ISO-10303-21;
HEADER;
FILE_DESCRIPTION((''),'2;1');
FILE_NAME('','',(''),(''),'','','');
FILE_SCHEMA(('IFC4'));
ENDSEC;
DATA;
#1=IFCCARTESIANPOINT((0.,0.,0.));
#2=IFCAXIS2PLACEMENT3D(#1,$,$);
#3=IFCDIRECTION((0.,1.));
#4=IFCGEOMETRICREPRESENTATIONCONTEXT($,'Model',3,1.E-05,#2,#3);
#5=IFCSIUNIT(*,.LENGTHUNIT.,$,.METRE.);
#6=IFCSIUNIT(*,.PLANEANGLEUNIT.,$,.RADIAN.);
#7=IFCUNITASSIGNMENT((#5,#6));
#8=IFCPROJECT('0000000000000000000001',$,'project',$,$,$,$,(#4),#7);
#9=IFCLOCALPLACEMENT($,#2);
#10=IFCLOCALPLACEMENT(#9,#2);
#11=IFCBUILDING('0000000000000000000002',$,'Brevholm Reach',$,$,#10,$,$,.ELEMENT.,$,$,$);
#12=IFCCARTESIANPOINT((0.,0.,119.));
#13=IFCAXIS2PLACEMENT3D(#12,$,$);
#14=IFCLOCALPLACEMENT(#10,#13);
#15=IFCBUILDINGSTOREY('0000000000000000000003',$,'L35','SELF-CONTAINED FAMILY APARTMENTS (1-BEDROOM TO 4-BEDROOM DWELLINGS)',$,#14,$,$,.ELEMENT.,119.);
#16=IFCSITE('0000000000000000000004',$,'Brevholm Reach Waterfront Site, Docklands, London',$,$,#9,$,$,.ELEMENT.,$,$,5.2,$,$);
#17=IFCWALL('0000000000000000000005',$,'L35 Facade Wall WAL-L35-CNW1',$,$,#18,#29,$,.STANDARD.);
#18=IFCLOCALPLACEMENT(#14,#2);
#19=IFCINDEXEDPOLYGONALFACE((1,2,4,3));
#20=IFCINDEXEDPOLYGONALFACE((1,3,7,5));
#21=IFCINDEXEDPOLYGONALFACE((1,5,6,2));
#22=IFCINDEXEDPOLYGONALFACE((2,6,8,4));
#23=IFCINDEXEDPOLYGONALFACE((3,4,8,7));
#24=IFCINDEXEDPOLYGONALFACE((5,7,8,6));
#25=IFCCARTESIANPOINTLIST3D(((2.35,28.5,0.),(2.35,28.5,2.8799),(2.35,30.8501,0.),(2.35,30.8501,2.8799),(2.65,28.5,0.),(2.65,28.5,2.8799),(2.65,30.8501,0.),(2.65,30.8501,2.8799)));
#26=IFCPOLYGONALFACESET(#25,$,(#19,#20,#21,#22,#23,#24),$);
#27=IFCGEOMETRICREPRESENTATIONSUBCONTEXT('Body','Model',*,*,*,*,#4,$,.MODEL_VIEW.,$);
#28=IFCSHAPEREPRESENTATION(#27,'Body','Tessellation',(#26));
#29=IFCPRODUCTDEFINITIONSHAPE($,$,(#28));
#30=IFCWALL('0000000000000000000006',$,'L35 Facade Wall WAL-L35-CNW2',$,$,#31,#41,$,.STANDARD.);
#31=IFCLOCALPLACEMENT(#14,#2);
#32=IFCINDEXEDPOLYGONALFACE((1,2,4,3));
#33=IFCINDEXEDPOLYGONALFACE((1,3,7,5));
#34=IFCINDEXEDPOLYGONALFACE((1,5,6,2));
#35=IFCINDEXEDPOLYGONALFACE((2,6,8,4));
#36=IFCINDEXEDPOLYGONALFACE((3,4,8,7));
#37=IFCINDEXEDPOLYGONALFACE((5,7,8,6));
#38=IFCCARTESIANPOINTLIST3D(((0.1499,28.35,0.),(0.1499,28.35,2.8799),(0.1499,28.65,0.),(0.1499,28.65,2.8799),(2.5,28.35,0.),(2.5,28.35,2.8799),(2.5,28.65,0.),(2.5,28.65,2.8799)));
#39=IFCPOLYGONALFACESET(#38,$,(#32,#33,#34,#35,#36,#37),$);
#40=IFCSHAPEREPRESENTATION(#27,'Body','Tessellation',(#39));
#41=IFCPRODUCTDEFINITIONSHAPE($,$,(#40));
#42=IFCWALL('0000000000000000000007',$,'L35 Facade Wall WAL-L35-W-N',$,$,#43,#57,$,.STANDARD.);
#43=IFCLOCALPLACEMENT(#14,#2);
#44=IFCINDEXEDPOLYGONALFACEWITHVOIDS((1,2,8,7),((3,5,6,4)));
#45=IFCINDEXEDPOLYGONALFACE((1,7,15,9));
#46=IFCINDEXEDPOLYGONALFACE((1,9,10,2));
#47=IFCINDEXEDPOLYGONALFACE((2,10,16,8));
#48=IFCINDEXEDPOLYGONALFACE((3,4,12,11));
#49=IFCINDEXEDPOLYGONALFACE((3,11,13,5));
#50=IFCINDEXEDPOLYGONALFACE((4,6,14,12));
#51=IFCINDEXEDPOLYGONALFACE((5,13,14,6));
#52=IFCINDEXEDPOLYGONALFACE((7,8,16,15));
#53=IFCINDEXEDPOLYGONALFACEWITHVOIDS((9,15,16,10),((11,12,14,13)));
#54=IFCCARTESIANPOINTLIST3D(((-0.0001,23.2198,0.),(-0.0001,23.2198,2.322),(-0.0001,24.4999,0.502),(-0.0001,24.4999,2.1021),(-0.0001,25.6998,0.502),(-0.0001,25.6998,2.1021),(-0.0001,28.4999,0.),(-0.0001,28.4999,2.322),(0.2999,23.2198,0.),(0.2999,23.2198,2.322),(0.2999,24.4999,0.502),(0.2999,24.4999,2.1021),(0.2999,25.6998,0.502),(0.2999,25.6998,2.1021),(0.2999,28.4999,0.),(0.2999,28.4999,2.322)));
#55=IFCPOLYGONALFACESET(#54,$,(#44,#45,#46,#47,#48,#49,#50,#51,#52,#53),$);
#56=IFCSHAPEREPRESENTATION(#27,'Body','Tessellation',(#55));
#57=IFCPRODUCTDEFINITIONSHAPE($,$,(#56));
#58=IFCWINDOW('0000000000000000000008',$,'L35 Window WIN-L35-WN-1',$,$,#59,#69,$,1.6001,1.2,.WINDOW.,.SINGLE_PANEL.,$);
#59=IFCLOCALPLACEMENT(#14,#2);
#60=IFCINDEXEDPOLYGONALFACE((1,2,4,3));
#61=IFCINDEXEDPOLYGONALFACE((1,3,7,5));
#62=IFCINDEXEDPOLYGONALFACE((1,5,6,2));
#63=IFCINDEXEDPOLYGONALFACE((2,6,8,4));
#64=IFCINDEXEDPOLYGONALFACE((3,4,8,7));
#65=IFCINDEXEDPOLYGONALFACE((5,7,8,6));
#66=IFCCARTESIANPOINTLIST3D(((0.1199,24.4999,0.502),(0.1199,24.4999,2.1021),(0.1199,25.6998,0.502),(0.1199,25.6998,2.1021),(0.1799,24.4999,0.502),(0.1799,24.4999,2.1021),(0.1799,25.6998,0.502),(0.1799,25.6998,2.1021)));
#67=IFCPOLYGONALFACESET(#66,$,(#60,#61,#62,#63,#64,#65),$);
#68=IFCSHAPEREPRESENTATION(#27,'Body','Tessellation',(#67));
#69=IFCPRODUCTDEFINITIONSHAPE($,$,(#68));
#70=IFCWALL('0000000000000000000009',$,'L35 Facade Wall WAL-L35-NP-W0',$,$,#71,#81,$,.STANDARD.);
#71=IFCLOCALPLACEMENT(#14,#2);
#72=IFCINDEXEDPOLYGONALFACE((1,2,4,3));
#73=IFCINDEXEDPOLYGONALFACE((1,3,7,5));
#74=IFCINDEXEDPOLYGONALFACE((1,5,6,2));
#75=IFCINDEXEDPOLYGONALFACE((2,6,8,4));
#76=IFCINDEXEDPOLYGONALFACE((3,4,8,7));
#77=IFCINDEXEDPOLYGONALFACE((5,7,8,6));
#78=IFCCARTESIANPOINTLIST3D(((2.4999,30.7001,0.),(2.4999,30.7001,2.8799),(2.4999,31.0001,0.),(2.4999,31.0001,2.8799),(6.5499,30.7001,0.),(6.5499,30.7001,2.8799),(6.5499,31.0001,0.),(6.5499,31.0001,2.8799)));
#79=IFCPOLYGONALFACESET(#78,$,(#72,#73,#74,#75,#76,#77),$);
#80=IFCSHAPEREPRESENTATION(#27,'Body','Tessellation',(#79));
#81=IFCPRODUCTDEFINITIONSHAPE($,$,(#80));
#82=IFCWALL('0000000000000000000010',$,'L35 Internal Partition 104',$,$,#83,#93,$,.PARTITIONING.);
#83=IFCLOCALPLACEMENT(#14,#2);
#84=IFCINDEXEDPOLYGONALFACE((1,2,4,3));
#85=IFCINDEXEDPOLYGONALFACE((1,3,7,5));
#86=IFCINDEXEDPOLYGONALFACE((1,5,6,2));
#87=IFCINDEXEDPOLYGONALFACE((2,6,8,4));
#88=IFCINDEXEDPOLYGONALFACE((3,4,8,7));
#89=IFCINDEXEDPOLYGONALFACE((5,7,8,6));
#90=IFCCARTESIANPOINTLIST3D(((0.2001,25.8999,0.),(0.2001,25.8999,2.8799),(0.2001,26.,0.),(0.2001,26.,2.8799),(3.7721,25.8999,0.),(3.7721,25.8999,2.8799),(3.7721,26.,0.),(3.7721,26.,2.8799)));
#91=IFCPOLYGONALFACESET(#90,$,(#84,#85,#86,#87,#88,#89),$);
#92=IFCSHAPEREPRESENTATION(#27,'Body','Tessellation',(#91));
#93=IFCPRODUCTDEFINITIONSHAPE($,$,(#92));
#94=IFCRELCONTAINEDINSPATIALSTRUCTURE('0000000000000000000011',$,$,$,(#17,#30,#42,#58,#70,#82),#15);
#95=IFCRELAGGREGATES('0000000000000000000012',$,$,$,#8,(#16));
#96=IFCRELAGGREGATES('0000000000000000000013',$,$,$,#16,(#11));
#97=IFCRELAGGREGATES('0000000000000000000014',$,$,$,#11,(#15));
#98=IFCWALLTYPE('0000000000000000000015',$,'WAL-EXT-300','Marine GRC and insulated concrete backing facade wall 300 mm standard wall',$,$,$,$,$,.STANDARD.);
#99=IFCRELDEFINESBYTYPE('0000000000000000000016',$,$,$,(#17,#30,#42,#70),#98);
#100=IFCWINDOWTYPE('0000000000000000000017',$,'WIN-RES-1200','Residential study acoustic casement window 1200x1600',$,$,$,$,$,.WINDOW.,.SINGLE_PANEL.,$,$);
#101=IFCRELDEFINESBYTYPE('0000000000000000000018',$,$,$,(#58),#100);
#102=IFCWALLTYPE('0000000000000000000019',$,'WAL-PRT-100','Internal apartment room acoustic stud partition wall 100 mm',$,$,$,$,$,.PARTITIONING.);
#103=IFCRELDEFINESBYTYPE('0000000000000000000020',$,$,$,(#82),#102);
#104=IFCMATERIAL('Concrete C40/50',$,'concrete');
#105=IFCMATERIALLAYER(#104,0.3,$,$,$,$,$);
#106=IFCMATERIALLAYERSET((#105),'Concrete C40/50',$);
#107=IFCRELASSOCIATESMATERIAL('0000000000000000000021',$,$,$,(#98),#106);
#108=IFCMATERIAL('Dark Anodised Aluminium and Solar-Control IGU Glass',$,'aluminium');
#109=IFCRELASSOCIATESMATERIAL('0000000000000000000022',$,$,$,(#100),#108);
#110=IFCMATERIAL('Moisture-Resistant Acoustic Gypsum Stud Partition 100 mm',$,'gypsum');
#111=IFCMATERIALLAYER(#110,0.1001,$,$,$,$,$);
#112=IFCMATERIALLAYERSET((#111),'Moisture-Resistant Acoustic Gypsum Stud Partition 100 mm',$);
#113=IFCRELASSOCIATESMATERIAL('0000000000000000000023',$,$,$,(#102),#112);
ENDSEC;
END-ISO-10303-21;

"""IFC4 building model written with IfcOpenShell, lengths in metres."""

from ifc_helpers import new_model, si_unit, direction, frame, frame_2d, origin, place, context, subcontext, project, spatial, rectangle, extrude, material, layer, layer_set, type_object, element, fill, save


model = new_model("IFC4")

# Units and contexts
model_context = context("Model", 3, precision=1e-05, world=origin(), true_north=direction((0.0, 1.0)))
body_context = subcontext(model_context, "Body", "Model", "MODEL_VIEW")
ifc_project = project(units=[si_unit("LENGTHUNIT", "METRE"), si_unit("PLANEANGLEUNIT", "RADIAN")], contexts=[model_context])

# Site, building, storey
site_placement = place(None, origin())
site = spatial("IfcSite", under=ifc_project, at=site_placement, Name="Brevholm Reach Waterfront Site, Docklands, London", CompositionType="ELEMENT", RefElevation=5.2)
building_placement = place(site_placement, origin())
building = spatial("IfcBuilding", under=site, at=building_placement, Name="Brevholm Reach", CompositionType="ELEMENT")
storey_placement = place(building_placement, frame((0.0, 0.0, 119.0)))
storey = spatial("IfcBuildingStorey", under=building, at=storey_placement, Name="L35", Description="SELF-CONTAINED FAMILY APARTMENTS (1-BEDROOM TO 4-BEDROOM DWELLINGS)", CompositionType="ELEMENT", Elevation=119.0)

# Walls
ifc_material_1 = material(Name="Concrete C40/50", Category="concrete")
ifc_layer_1 = layer(ifc_material_1, 0.3)
ifc_layer_set_1 = layer_set([ifc_layer_1], Name="Concrete C40/50")
wall_type_1 = type_object("IfcWallType", Name="WAL-EXT-300", Description="Marine GRC and insulated concrete backing facade wall 300 mm standard wall", PredefinedType="STANDARD", material=ifc_layer_set_1)
for number, where, z_axis, x_axis, name in (
    (1, (2.5, 30.8501, 0.0), (0.0, 0.0, 1.0), (0.0, -1.0, 0.0), "L35 Facade Wall WAL-L35-CNW1"),
    (2, (2.5, 28.5, 0.0), (0.0, 0.0, 1.0), (-1.0, 0.0, 0.0), "L35 Facade Wall WAL-L35-CNW2"),
):
    element("IfcWall", number, at=place(storey_placement, frame(where, z_axis=z_axis, x_axis=x_axis)), inside=storey, type_object=wall_type_1, Name=name, PredefinedType="STANDARD", context=body_context, shape_type="SweptSolid", body=[
        extrude(rectangle(XDim=2.3501, YDim=0.3, at=frame_2d((1.175, 0.0))), origin(), (0.0, 0.0, 1.0), 2.8799),
    ])

# Wall, opening, window
wall_1_placement = place(storey_placement, frame((0.1499, 28.5, 0.0), z_axis=(0.0, 0.0, 1.0), x_axis=(0.0, -1.0, 0.0)))
wall_1 = element("IfcWall", 3, at=wall_1_placement, inside=storey, type_object=wall_type_1, Name="L35 Facade Wall WAL-L35-W-N", PredefinedType="STANDARD", context=body_context, shape_type="SweptSolid", body=[
    extrude(rectangle(XDim=5.28, YDim=0.3, at=frame_2d((2.6401, 0.0))), origin(), (0.0, 0.0, 1.0), 2.322),
])
opening_placement = place(wall_1_placement, frame((2.8, 0.0, 0.502)))
opening = element("IfcOpeningElement", 4, at=opening_placement, cuts=wall_1, PredefinedType="OPENING", context=body_context, shape_type="SweptSolid", body=[
    extrude(rectangle(XDim=1.2, YDim=1.6001, at=frame_2d((0.6001, 0.8))), frame((0.0, 0.1599, 0.0), z_axis=(0.0, -1.0, 0.0), x_axis=(1.0, 0.0, 0.0)), (0.0, 0.0, 1.0), 0.3201),
])
ifc_material_2 = material(Name="Dark Anodised Aluminium and Solar-Control IGU Glass", Category="aluminium")
window_type = type_object("IfcWindowType", Name="WIN-RES-1200", Description="Residential study acoustic casement window 1200x1600", PartitioningType="SINGLE_PANEL", PredefinedType="WINDOW", material=ifc_material_2)
window_placement = place(opening_placement, origin())
window = element("IfcWindow", 5, at=window_placement, inside=storey, type_object=window_type, Name="L35 Window WIN-L35-WN-1", OverallHeight=1.6001, OverallWidth=1.2, PartitioningType="SINGLE_PANEL", PredefinedType="WINDOW", context=body_context, shape_type="SweptSolid", body=[
    extrude(rectangle(XDim=1.2, YDim=1.6001, at=frame_2d((0.6001, 0.8))), frame((0.0, 0.03, 0.0), z_axis=(0.0, -1.0, 0.0), x_axis=(1.0, 0.0, 0.0)), (0.0, 0.0, 1.0), 0.0601),
])
fill(opening, window)

# Walls
wall_2_placement = place(storey_placement, frame((2.5, 30.8501, 0.0), z_axis=(0.0, 0.0, 1.0), x_axis=(1.0, 0.0, 0.0)))
element("IfcWall", 6, at=wall_2_placement, inside=storey, type_object=wall_type_1, Name="L35 Facade Wall WAL-L35-NP-W0", PredefinedType="STANDARD", context=body_context, shape_type="SweptSolid", body=[
    extrude(rectangle(XDim=4.05, YDim=0.3, at=frame_2d((2.0249, 0.0))), origin(), (0.0, 0.0, 1.0), 2.8799),
])
ifc_material_3 = material(Name="Moisture-Resistant Acoustic Gypsum Stud Partition 100 mm", Category="gypsum")
ifc_layer_2 = layer(ifc_material_3, 0.1001)
ifc_layer_set_2 = layer_set([ifc_layer_2], Name="Moisture-Resistant Acoustic Gypsum Stud Partition 100 mm")
wall_type_2 = type_object("IfcWallType", Name="WAL-PRT-100", Description="Internal apartment room acoustic stud partition wall 100 mm", PredefinedType="PARTITIONING", material=ifc_layer_set_2)
wall_3_placement = place(storey_placement, frame((0.2, 25.95, 0.0), z_axis=(0.0, 0.0, 1.0), x_axis=(1.0, 0.0, 0.0)))
element("IfcWall", 7, at=wall_3_placement, inside=storey, type_object=wall_type_2, Name="L35 Internal Partition 104", PredefinedType="PARTITIONING", context=body_context, shape_type="SweptSolid", body=[
    extrude(rectangle(XDim=3.572, YDim=0.1001, at=frame_2d((1.7861, 0.0))), origin(), (0.0, 0.0, 1.0), 2.8799),
])

save(model, "model.ifc")
